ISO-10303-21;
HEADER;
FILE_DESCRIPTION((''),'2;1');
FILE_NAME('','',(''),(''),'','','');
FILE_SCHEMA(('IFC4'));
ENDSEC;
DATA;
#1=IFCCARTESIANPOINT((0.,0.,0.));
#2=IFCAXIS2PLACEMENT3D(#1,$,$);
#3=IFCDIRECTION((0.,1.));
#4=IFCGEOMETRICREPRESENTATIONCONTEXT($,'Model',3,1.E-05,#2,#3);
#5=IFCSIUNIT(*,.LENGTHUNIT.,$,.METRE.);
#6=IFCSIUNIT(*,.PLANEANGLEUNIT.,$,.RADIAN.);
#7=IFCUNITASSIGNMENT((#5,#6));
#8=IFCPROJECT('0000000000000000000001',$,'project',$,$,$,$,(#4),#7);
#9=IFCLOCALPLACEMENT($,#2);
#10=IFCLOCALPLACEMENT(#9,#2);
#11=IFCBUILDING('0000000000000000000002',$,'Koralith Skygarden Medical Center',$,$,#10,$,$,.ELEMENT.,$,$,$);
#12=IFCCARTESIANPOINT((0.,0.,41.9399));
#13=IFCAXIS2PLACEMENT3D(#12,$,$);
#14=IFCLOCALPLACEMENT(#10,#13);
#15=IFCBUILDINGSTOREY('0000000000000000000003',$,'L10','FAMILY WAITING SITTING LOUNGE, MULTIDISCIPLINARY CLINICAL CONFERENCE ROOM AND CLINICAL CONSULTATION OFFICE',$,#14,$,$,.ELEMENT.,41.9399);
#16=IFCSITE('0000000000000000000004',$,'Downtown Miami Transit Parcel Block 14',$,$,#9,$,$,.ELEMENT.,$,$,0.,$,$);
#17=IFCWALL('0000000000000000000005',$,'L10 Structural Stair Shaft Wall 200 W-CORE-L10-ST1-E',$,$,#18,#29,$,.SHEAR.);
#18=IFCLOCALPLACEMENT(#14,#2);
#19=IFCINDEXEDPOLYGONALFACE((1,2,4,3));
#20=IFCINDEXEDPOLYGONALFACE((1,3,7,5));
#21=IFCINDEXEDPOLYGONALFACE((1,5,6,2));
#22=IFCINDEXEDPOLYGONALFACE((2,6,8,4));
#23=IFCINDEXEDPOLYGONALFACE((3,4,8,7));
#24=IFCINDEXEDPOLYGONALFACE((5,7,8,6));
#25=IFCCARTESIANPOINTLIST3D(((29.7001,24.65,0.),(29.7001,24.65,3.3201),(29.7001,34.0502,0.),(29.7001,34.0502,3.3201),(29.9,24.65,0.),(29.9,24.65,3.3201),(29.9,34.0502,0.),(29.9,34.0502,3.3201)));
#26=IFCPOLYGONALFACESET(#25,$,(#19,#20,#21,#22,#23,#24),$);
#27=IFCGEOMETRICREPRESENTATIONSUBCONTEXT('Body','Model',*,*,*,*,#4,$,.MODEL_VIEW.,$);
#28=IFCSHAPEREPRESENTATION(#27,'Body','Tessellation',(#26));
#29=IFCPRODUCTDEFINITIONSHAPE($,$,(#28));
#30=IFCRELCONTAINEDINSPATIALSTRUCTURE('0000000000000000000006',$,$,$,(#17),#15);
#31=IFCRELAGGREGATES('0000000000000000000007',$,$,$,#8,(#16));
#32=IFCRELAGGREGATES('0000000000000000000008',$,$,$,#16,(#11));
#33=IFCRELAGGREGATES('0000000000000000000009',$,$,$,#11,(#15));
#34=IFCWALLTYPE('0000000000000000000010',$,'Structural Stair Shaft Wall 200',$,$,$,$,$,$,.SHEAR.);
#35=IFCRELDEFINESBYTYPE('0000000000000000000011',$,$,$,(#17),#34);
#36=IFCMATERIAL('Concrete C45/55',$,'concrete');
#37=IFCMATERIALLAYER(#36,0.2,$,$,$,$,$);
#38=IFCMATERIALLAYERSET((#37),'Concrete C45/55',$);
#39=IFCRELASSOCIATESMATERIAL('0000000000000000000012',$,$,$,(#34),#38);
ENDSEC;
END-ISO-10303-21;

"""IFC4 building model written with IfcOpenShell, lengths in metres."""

from ifc_helpers import new_model, si_unit, direction, frame, frame_2d, origin, place, context, subcontext, project, spatial, rectangle, extrude, material, layer, layer_set, type_object, element, save


model = new_model("IFC4")

# Units and contexts
model_context = context("Model", 3, precision=1e-05, world=origin(), true_north=direction((0.0, 1.0)))
body_context = subcontext(model_context, "Body", "Model", "MODEL_VIEW")
ifc_project = project(units=[si_unit("LENGTHUNIT", "METRE"), si_unit("PLANEANGLEUNIT", "RADIAN")], contexts=[model_context])

# Site, building, storey
site_placement = place(None, origin())
site = spatial("IfcSite", under=ifc_project, at=site_placement, Name="Downtown Miami Transit Parcel Block 14", CompositionType="ELEMENT", RefElevation=0.0)
building_placement = place(site_placement, origin())
building = spatial("IfcBuilding", under=site, at=building_placement, Name="Koralith Skygarden Medical Center", CompositionType="ELEMENT")
storey_placement = place(building_placement, frame((0.0, 0.0, 41.9399)))
storey = spatial("IfcBuildingStorey", under=building, at=storey_placement, Name="L10", Description="FAMILY WAITING SITTING LOUNGE, MULTIDISCIPLINARY CLINICAL CONFERENCE ROOM AND CLINICAL CONSULTATION OFFICE", CompositionType="ELEMENT", Elevation=41.9399)

# Shared definitions
ifc_material_1 = material(Name="Concrete C45/55", Category="concrete")

# Wall
ifc_layer_1 = layer(ifc_material_1, 0.2)
ifc_layer_set_1 = layer_set([ifc_layer_1], Name="Concrete C45/55")
wall_type_1 = type_object("IfcWallType", Name="Structural Stair Shaft Wall 200", PredefinedType="SHEAR", material=ifc_layer_set_1)
wall_1_placement = place(storey_placement, frame((29.8, 24.6499, 0.0), z_axis=(0.0, 0.0, 1.0), x_axis=(0.0, 1.0, 0.0)))
element("IfcWall", 1, at=wall_1_placement, inside=storey, type_object=wall_type_1, Name="L10 Structural Stair Shaft Wall 200 W-CORE-L10-ST1-E", PredefinedType="SHEAR", context=body_context, shape_type="SweptSolid", body=[
    extrude(rectangle(XDim=9.4001, YDim=0.2, at=frame_2d((4.7002, 0.0))), origin(), (0.0, 0.0, 1.0), 3.3201),
])

save(model, "model.ifc")
